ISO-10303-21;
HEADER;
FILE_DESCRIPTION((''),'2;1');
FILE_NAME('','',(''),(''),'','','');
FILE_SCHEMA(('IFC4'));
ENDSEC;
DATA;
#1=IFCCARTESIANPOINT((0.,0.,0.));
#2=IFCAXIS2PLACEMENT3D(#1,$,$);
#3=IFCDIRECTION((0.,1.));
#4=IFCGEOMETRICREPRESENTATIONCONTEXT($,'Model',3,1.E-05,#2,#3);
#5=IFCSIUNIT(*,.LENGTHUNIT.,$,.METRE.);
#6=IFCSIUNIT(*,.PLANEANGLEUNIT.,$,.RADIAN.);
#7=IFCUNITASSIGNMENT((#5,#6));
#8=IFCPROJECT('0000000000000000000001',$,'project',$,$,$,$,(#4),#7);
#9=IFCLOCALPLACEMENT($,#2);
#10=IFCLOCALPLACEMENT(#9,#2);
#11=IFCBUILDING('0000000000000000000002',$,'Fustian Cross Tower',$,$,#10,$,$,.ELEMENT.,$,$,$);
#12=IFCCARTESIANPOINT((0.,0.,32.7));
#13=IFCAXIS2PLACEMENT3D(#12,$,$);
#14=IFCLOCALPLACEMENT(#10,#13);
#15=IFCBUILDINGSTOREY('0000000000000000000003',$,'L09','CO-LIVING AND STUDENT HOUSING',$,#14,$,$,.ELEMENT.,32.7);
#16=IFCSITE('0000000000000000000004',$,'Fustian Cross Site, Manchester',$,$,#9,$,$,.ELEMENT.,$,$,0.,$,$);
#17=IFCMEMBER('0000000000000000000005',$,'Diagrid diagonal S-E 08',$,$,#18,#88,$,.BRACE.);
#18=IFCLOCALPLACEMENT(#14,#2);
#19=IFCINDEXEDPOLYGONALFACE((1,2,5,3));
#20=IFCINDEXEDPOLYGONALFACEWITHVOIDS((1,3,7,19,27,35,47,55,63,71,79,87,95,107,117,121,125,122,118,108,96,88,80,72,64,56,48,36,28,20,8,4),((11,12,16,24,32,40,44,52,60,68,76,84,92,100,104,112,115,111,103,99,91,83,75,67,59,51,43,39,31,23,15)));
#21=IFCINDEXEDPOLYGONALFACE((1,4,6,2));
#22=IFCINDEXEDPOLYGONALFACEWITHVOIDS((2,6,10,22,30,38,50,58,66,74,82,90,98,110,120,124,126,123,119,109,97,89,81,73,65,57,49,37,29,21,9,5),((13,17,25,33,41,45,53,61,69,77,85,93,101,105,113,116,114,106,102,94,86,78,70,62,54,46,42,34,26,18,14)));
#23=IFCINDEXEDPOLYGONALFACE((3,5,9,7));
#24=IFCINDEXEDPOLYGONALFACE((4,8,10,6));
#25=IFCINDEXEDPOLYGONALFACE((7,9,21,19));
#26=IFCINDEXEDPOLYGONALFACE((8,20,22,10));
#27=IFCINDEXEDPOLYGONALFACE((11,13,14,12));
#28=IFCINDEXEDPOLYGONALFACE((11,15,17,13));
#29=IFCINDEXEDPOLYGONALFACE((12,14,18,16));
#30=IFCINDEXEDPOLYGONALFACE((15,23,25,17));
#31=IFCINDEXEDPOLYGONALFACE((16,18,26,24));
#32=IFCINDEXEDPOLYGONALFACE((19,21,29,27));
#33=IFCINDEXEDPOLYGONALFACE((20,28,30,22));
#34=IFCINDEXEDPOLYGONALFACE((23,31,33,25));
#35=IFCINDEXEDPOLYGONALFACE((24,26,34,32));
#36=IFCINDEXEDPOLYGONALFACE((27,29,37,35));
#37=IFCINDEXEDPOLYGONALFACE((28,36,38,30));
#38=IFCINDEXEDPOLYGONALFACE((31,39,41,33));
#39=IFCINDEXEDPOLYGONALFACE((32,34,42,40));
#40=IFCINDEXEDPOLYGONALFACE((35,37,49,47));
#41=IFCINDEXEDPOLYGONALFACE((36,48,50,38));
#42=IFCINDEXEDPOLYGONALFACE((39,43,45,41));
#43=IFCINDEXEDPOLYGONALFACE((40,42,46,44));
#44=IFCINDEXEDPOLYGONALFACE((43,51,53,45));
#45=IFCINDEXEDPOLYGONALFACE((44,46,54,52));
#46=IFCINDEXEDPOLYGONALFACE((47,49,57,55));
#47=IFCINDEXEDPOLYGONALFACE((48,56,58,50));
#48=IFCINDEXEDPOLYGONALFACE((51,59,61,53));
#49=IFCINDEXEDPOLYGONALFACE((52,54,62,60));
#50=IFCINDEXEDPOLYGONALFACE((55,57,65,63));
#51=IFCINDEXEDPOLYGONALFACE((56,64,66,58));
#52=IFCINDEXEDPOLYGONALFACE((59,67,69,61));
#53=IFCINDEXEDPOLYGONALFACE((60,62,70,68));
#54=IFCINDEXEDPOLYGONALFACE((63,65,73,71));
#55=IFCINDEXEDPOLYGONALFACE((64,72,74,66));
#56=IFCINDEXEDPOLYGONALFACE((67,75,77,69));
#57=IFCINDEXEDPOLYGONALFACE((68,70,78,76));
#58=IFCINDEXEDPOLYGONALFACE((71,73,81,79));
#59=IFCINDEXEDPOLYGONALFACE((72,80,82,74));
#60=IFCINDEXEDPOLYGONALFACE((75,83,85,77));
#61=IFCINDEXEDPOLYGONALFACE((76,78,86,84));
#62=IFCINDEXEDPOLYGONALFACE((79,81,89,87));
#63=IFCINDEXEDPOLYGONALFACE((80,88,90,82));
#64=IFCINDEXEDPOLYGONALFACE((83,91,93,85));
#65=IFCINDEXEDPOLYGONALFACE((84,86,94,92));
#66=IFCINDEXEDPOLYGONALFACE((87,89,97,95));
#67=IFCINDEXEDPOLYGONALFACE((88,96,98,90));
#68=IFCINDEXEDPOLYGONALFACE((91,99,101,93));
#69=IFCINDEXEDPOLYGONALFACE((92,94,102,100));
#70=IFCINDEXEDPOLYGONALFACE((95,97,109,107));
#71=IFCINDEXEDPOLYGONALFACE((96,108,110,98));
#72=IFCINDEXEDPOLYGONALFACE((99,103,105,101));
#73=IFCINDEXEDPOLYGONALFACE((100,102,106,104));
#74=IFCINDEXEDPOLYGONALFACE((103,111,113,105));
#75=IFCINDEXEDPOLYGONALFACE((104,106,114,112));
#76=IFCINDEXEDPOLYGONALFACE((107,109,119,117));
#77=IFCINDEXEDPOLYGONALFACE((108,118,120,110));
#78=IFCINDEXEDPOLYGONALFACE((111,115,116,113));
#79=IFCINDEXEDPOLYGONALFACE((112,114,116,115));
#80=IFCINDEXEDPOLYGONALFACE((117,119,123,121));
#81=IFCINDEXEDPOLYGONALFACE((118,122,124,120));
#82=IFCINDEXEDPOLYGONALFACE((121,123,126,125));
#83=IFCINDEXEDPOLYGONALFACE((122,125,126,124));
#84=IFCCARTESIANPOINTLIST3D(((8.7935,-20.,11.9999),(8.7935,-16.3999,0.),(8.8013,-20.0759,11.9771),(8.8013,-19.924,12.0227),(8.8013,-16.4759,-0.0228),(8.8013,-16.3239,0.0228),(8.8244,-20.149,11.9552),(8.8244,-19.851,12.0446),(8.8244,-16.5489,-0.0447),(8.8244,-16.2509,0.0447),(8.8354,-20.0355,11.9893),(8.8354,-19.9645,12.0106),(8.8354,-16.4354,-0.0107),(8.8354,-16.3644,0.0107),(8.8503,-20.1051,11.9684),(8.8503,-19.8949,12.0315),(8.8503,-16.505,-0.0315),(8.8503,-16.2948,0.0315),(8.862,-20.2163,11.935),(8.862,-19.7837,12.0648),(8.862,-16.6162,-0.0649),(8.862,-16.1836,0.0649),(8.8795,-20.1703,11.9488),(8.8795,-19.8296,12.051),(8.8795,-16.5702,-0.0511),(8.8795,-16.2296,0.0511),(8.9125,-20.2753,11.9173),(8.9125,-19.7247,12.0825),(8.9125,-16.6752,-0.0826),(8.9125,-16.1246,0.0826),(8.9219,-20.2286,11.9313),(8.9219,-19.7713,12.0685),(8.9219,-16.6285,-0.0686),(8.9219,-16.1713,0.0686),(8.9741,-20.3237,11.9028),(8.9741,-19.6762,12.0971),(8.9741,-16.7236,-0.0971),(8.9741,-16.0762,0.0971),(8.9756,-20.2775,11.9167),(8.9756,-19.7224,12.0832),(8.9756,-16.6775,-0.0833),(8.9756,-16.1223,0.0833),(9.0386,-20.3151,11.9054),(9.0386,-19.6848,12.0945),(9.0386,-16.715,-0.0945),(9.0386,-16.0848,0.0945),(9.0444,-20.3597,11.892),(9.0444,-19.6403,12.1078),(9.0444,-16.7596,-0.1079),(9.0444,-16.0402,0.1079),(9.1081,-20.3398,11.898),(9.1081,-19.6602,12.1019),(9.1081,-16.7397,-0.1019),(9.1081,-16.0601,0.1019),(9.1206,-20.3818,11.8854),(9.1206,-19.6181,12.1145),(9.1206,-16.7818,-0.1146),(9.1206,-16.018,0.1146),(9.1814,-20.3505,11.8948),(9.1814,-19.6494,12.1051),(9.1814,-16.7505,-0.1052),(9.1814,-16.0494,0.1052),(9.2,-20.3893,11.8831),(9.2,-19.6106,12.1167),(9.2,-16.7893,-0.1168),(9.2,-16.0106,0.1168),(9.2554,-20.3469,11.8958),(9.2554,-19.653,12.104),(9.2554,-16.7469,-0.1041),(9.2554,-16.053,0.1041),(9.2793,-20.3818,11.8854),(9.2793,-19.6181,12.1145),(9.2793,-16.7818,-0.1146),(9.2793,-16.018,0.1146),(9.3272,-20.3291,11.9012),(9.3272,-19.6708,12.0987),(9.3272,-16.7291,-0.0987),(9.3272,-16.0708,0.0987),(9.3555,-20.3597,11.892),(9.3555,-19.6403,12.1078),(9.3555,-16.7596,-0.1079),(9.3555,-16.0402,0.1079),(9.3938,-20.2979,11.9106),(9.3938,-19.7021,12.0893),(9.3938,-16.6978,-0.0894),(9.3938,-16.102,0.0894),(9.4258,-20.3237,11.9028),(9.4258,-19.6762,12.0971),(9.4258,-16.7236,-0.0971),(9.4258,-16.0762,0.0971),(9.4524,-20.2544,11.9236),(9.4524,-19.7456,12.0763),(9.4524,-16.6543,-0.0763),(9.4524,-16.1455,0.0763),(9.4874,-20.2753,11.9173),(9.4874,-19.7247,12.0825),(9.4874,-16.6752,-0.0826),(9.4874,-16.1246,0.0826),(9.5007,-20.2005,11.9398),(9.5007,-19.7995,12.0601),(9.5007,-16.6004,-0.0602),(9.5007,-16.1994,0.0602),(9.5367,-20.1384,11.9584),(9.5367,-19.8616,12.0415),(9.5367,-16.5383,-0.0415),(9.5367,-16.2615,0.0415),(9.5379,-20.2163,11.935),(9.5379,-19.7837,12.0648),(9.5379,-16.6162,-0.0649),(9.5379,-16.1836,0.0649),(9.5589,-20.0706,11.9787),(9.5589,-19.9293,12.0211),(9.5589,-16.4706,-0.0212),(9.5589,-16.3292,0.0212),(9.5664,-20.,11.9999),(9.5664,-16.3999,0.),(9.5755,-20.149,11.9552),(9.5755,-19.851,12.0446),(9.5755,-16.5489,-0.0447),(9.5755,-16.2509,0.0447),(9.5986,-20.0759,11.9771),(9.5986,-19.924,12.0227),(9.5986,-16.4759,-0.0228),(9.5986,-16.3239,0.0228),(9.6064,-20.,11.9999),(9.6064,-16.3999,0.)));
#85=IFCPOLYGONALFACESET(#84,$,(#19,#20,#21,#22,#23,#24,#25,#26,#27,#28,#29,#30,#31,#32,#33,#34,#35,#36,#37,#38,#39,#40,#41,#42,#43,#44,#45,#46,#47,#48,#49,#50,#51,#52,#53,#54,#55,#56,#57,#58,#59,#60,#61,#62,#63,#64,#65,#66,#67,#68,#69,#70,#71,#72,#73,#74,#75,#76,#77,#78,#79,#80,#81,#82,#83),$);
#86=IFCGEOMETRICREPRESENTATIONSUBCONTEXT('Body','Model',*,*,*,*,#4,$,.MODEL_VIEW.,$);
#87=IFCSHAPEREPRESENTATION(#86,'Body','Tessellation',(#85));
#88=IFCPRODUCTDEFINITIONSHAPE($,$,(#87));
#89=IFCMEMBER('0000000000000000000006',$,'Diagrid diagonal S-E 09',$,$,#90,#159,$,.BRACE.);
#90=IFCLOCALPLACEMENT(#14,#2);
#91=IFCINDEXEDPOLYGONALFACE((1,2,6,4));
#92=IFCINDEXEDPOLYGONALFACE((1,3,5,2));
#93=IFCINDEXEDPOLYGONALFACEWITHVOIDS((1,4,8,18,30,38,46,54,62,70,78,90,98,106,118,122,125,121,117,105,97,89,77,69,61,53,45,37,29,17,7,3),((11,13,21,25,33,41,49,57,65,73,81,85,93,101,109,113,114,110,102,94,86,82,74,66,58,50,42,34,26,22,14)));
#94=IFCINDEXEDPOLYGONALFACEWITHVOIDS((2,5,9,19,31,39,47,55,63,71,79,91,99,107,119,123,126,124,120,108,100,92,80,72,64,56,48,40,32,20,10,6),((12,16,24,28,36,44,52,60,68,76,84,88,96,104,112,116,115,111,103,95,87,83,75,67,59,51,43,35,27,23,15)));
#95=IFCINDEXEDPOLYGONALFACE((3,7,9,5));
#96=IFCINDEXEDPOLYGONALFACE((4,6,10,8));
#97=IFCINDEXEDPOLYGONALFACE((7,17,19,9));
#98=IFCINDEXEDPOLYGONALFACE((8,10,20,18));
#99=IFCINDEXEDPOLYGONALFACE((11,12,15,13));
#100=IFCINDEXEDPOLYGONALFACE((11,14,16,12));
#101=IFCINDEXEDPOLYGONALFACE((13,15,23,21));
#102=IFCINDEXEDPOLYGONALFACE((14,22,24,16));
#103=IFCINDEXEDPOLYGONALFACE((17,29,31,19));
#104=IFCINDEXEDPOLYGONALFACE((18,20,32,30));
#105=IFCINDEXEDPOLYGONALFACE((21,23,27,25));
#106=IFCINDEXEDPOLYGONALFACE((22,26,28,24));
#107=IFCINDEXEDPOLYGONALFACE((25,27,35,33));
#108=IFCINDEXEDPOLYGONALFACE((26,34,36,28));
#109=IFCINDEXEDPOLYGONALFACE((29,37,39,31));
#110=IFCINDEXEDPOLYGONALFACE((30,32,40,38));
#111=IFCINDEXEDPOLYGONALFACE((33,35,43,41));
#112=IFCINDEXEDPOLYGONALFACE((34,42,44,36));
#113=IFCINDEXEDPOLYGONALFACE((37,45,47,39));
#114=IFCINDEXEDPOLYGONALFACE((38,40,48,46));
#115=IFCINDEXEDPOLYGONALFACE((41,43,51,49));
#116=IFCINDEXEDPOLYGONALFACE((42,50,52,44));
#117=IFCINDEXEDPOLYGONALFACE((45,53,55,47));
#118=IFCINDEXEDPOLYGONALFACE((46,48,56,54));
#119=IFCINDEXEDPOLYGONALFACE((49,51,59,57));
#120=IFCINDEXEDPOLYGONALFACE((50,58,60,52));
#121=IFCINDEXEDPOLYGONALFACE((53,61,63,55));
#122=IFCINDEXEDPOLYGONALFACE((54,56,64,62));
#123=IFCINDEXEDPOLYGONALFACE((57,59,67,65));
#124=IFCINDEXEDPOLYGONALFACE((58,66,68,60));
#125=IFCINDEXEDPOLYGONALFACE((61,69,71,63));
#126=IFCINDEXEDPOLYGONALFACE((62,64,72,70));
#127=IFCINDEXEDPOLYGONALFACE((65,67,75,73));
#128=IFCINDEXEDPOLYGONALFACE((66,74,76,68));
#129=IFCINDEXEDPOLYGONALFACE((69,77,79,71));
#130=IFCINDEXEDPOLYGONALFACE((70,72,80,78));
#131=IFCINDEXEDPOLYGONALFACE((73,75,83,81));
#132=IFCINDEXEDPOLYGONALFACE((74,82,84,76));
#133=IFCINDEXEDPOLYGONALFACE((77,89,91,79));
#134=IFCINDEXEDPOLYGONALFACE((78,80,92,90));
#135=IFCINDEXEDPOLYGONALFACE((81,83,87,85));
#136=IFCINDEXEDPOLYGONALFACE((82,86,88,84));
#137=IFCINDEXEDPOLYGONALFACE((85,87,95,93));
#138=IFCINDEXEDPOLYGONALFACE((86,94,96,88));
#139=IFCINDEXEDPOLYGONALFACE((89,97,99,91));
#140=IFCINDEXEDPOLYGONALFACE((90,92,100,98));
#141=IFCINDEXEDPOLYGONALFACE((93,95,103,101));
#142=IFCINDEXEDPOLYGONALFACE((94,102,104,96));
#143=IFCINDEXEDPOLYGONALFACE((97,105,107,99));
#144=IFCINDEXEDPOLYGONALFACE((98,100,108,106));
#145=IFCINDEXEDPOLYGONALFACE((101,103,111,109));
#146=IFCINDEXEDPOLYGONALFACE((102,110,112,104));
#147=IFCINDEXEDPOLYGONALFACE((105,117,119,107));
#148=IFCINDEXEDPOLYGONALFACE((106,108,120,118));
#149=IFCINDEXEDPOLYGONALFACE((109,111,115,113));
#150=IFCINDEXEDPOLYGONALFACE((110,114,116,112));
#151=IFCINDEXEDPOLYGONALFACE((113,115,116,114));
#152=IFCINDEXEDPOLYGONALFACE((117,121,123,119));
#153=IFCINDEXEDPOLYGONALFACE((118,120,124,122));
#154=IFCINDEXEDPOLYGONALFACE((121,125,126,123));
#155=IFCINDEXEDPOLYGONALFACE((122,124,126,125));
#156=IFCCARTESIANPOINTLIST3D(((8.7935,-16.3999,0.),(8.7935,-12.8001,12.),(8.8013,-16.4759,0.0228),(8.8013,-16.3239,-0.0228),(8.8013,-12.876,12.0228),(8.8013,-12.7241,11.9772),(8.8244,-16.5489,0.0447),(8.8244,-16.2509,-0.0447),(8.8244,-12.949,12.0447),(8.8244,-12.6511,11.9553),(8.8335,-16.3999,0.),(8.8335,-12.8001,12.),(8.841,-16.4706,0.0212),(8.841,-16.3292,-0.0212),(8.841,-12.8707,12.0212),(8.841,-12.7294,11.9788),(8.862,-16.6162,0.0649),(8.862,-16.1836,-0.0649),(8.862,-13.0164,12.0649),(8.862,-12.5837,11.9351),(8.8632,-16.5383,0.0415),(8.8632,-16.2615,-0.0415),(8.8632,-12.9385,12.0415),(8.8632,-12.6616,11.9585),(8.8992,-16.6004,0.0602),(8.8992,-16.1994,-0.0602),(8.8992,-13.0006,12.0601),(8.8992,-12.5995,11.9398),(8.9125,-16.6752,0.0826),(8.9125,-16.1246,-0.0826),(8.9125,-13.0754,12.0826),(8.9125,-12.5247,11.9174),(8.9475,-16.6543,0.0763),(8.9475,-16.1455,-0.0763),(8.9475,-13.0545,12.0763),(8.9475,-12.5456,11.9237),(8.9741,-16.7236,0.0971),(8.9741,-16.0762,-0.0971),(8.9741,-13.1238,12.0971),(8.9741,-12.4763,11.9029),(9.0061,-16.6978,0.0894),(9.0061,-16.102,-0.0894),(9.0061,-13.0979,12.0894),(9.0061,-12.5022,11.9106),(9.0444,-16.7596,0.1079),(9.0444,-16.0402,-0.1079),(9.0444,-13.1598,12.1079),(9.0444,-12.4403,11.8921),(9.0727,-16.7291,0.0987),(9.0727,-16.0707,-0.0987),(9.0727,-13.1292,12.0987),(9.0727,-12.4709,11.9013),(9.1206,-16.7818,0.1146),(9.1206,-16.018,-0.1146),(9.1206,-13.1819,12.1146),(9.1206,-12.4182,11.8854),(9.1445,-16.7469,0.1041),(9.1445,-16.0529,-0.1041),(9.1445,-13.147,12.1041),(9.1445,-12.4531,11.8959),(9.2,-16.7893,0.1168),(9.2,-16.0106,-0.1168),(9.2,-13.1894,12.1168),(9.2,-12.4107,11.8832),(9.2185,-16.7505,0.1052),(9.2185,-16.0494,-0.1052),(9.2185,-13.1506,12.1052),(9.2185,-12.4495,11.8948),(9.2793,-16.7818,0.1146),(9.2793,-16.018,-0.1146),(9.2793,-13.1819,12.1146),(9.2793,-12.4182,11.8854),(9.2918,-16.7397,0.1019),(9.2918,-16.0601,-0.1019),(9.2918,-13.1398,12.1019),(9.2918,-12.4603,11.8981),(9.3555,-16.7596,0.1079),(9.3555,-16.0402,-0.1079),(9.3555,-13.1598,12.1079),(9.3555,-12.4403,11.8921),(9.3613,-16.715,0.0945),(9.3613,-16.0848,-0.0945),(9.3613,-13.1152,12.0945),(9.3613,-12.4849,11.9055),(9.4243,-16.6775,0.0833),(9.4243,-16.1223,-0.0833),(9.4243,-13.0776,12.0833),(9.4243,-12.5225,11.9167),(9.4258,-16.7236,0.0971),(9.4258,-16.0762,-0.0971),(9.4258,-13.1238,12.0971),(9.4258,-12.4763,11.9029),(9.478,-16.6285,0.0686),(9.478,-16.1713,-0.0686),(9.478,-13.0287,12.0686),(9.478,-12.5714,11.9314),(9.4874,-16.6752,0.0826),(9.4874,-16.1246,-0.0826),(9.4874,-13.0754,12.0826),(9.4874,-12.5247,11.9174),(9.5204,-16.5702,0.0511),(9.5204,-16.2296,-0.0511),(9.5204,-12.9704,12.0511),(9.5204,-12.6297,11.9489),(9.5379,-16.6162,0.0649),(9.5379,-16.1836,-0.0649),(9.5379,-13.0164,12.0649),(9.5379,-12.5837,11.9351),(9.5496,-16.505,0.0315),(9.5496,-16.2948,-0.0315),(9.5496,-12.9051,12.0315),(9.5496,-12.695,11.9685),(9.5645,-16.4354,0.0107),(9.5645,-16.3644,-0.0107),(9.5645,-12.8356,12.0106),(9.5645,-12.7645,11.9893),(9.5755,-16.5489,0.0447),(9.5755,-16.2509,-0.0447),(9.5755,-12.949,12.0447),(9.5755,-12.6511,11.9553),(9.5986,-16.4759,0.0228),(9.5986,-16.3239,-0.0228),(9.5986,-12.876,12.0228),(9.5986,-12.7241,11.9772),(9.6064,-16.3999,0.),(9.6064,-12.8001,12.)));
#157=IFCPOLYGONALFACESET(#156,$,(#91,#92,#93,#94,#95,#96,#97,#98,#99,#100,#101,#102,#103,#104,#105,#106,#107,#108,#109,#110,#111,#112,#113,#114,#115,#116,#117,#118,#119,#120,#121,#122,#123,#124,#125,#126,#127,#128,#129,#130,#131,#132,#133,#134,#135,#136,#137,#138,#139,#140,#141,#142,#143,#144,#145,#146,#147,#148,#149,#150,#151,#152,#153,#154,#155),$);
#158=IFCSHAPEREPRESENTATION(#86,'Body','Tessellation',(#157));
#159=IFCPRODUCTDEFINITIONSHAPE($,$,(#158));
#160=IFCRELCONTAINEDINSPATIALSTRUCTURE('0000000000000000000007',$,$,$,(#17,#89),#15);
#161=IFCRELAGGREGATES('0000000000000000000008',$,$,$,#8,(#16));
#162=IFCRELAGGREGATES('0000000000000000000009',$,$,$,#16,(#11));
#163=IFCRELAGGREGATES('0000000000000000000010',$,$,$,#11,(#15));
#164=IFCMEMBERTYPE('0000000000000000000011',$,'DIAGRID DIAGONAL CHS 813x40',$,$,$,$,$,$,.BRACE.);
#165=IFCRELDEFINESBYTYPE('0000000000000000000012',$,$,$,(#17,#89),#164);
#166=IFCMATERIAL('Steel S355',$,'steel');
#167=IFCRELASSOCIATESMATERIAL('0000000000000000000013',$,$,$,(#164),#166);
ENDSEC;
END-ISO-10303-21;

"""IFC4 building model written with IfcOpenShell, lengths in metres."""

from ifc_helpers import new_model, si_unit, direction, frame, origin, origin_2d, place, context, subcontext, project, spatial, hollow_circle, extrude, material, material_profile, profile_set, type_object, element, save


model = new_model("IFC4")

# Units and contexts
model_context = context("Model", 3, precision=1e-05, world=origin(), true_north=direction((0.0, 1.0)))
body_context = subcontext(model_context, "Body", "Model", "MODEL_VIEW")
ifc_project = project(units=[si_unit("LENGTHUNIT", "METRE"), si_unit("PLANEANGLEUNIT", "RADIAN")], contexts=[model_context])

# Site, building, storey
site_placement = place(None, origin())
site = spatial("IfcSite", under=ifc_project, at=site_placement, Name="Fustian Cross Site, Manchester", CompositionType="ELEMENT", RefElevation=0.0)
building_placement = place(site_placement, origin())
building = spatial("IfcBuilding", under=site, at=building_placement, Name="Fustian Cross Tower", CompositionType="ELEMENT")
storey_placement = place(building_placement, frame((0.0, 0.0, 32.7)))
storey = spatial("IfcBuildingStorey", under=building, at=storey_placement, Name="L09", Description="CO-LIVING AND STUDENT HOUSING", CompositionType="ELEMENT", Elevation=32.7)

# Members
ifc_material_1 = material(Name="Steel S355", Category="steel")
ifc_material_profile_1 = material_profile(ifc_material_1, hollow_circle(Radius=0.4065, WallThickness=0.04, at=origin_2d()), Name="CHS 813x40")
ifc_profile_set_1 = profile_set([ifc_material_profile_1], Name="Steel S355")
member_type_1 = type_object("IfcMemberType", Name="DIAGRID DIAGONAL CHS 813x40", PredefinedType="BRACE", material=ifc_profile_set_1)
for number, where, z_axis, x_axis, name in (
    (1, (9.2, -16.3999, 0.0), (0.0, -0.287355, 0.957824), (1.0, 0.0, 0.0), "Diagrid diagonal S-E 08"),
    (2, (9.2, -16.3999, 0.0), (0.0, 0.287337, 0.95783), (-1.0, 0.0, 0.0), "Diagrid diagonal S-E 09"),
):
    element("IfcMember", number, at=place(storey_placement, frame(where, z_axis=z_axis, x_axis=x_axis)), inside=storey, type_object=member_type_1, Name=name, PredefinedType="BRACE", context=body_context, shape_type="SweptSolid", body=[
        extrude(hollow_circle(Radius=0.4065, WallThickness=0.04, at=origin_2d()), origin(), (0.0, 0.0, 1.0), 12.5283),
    ])

save(model, "model.ifc")
